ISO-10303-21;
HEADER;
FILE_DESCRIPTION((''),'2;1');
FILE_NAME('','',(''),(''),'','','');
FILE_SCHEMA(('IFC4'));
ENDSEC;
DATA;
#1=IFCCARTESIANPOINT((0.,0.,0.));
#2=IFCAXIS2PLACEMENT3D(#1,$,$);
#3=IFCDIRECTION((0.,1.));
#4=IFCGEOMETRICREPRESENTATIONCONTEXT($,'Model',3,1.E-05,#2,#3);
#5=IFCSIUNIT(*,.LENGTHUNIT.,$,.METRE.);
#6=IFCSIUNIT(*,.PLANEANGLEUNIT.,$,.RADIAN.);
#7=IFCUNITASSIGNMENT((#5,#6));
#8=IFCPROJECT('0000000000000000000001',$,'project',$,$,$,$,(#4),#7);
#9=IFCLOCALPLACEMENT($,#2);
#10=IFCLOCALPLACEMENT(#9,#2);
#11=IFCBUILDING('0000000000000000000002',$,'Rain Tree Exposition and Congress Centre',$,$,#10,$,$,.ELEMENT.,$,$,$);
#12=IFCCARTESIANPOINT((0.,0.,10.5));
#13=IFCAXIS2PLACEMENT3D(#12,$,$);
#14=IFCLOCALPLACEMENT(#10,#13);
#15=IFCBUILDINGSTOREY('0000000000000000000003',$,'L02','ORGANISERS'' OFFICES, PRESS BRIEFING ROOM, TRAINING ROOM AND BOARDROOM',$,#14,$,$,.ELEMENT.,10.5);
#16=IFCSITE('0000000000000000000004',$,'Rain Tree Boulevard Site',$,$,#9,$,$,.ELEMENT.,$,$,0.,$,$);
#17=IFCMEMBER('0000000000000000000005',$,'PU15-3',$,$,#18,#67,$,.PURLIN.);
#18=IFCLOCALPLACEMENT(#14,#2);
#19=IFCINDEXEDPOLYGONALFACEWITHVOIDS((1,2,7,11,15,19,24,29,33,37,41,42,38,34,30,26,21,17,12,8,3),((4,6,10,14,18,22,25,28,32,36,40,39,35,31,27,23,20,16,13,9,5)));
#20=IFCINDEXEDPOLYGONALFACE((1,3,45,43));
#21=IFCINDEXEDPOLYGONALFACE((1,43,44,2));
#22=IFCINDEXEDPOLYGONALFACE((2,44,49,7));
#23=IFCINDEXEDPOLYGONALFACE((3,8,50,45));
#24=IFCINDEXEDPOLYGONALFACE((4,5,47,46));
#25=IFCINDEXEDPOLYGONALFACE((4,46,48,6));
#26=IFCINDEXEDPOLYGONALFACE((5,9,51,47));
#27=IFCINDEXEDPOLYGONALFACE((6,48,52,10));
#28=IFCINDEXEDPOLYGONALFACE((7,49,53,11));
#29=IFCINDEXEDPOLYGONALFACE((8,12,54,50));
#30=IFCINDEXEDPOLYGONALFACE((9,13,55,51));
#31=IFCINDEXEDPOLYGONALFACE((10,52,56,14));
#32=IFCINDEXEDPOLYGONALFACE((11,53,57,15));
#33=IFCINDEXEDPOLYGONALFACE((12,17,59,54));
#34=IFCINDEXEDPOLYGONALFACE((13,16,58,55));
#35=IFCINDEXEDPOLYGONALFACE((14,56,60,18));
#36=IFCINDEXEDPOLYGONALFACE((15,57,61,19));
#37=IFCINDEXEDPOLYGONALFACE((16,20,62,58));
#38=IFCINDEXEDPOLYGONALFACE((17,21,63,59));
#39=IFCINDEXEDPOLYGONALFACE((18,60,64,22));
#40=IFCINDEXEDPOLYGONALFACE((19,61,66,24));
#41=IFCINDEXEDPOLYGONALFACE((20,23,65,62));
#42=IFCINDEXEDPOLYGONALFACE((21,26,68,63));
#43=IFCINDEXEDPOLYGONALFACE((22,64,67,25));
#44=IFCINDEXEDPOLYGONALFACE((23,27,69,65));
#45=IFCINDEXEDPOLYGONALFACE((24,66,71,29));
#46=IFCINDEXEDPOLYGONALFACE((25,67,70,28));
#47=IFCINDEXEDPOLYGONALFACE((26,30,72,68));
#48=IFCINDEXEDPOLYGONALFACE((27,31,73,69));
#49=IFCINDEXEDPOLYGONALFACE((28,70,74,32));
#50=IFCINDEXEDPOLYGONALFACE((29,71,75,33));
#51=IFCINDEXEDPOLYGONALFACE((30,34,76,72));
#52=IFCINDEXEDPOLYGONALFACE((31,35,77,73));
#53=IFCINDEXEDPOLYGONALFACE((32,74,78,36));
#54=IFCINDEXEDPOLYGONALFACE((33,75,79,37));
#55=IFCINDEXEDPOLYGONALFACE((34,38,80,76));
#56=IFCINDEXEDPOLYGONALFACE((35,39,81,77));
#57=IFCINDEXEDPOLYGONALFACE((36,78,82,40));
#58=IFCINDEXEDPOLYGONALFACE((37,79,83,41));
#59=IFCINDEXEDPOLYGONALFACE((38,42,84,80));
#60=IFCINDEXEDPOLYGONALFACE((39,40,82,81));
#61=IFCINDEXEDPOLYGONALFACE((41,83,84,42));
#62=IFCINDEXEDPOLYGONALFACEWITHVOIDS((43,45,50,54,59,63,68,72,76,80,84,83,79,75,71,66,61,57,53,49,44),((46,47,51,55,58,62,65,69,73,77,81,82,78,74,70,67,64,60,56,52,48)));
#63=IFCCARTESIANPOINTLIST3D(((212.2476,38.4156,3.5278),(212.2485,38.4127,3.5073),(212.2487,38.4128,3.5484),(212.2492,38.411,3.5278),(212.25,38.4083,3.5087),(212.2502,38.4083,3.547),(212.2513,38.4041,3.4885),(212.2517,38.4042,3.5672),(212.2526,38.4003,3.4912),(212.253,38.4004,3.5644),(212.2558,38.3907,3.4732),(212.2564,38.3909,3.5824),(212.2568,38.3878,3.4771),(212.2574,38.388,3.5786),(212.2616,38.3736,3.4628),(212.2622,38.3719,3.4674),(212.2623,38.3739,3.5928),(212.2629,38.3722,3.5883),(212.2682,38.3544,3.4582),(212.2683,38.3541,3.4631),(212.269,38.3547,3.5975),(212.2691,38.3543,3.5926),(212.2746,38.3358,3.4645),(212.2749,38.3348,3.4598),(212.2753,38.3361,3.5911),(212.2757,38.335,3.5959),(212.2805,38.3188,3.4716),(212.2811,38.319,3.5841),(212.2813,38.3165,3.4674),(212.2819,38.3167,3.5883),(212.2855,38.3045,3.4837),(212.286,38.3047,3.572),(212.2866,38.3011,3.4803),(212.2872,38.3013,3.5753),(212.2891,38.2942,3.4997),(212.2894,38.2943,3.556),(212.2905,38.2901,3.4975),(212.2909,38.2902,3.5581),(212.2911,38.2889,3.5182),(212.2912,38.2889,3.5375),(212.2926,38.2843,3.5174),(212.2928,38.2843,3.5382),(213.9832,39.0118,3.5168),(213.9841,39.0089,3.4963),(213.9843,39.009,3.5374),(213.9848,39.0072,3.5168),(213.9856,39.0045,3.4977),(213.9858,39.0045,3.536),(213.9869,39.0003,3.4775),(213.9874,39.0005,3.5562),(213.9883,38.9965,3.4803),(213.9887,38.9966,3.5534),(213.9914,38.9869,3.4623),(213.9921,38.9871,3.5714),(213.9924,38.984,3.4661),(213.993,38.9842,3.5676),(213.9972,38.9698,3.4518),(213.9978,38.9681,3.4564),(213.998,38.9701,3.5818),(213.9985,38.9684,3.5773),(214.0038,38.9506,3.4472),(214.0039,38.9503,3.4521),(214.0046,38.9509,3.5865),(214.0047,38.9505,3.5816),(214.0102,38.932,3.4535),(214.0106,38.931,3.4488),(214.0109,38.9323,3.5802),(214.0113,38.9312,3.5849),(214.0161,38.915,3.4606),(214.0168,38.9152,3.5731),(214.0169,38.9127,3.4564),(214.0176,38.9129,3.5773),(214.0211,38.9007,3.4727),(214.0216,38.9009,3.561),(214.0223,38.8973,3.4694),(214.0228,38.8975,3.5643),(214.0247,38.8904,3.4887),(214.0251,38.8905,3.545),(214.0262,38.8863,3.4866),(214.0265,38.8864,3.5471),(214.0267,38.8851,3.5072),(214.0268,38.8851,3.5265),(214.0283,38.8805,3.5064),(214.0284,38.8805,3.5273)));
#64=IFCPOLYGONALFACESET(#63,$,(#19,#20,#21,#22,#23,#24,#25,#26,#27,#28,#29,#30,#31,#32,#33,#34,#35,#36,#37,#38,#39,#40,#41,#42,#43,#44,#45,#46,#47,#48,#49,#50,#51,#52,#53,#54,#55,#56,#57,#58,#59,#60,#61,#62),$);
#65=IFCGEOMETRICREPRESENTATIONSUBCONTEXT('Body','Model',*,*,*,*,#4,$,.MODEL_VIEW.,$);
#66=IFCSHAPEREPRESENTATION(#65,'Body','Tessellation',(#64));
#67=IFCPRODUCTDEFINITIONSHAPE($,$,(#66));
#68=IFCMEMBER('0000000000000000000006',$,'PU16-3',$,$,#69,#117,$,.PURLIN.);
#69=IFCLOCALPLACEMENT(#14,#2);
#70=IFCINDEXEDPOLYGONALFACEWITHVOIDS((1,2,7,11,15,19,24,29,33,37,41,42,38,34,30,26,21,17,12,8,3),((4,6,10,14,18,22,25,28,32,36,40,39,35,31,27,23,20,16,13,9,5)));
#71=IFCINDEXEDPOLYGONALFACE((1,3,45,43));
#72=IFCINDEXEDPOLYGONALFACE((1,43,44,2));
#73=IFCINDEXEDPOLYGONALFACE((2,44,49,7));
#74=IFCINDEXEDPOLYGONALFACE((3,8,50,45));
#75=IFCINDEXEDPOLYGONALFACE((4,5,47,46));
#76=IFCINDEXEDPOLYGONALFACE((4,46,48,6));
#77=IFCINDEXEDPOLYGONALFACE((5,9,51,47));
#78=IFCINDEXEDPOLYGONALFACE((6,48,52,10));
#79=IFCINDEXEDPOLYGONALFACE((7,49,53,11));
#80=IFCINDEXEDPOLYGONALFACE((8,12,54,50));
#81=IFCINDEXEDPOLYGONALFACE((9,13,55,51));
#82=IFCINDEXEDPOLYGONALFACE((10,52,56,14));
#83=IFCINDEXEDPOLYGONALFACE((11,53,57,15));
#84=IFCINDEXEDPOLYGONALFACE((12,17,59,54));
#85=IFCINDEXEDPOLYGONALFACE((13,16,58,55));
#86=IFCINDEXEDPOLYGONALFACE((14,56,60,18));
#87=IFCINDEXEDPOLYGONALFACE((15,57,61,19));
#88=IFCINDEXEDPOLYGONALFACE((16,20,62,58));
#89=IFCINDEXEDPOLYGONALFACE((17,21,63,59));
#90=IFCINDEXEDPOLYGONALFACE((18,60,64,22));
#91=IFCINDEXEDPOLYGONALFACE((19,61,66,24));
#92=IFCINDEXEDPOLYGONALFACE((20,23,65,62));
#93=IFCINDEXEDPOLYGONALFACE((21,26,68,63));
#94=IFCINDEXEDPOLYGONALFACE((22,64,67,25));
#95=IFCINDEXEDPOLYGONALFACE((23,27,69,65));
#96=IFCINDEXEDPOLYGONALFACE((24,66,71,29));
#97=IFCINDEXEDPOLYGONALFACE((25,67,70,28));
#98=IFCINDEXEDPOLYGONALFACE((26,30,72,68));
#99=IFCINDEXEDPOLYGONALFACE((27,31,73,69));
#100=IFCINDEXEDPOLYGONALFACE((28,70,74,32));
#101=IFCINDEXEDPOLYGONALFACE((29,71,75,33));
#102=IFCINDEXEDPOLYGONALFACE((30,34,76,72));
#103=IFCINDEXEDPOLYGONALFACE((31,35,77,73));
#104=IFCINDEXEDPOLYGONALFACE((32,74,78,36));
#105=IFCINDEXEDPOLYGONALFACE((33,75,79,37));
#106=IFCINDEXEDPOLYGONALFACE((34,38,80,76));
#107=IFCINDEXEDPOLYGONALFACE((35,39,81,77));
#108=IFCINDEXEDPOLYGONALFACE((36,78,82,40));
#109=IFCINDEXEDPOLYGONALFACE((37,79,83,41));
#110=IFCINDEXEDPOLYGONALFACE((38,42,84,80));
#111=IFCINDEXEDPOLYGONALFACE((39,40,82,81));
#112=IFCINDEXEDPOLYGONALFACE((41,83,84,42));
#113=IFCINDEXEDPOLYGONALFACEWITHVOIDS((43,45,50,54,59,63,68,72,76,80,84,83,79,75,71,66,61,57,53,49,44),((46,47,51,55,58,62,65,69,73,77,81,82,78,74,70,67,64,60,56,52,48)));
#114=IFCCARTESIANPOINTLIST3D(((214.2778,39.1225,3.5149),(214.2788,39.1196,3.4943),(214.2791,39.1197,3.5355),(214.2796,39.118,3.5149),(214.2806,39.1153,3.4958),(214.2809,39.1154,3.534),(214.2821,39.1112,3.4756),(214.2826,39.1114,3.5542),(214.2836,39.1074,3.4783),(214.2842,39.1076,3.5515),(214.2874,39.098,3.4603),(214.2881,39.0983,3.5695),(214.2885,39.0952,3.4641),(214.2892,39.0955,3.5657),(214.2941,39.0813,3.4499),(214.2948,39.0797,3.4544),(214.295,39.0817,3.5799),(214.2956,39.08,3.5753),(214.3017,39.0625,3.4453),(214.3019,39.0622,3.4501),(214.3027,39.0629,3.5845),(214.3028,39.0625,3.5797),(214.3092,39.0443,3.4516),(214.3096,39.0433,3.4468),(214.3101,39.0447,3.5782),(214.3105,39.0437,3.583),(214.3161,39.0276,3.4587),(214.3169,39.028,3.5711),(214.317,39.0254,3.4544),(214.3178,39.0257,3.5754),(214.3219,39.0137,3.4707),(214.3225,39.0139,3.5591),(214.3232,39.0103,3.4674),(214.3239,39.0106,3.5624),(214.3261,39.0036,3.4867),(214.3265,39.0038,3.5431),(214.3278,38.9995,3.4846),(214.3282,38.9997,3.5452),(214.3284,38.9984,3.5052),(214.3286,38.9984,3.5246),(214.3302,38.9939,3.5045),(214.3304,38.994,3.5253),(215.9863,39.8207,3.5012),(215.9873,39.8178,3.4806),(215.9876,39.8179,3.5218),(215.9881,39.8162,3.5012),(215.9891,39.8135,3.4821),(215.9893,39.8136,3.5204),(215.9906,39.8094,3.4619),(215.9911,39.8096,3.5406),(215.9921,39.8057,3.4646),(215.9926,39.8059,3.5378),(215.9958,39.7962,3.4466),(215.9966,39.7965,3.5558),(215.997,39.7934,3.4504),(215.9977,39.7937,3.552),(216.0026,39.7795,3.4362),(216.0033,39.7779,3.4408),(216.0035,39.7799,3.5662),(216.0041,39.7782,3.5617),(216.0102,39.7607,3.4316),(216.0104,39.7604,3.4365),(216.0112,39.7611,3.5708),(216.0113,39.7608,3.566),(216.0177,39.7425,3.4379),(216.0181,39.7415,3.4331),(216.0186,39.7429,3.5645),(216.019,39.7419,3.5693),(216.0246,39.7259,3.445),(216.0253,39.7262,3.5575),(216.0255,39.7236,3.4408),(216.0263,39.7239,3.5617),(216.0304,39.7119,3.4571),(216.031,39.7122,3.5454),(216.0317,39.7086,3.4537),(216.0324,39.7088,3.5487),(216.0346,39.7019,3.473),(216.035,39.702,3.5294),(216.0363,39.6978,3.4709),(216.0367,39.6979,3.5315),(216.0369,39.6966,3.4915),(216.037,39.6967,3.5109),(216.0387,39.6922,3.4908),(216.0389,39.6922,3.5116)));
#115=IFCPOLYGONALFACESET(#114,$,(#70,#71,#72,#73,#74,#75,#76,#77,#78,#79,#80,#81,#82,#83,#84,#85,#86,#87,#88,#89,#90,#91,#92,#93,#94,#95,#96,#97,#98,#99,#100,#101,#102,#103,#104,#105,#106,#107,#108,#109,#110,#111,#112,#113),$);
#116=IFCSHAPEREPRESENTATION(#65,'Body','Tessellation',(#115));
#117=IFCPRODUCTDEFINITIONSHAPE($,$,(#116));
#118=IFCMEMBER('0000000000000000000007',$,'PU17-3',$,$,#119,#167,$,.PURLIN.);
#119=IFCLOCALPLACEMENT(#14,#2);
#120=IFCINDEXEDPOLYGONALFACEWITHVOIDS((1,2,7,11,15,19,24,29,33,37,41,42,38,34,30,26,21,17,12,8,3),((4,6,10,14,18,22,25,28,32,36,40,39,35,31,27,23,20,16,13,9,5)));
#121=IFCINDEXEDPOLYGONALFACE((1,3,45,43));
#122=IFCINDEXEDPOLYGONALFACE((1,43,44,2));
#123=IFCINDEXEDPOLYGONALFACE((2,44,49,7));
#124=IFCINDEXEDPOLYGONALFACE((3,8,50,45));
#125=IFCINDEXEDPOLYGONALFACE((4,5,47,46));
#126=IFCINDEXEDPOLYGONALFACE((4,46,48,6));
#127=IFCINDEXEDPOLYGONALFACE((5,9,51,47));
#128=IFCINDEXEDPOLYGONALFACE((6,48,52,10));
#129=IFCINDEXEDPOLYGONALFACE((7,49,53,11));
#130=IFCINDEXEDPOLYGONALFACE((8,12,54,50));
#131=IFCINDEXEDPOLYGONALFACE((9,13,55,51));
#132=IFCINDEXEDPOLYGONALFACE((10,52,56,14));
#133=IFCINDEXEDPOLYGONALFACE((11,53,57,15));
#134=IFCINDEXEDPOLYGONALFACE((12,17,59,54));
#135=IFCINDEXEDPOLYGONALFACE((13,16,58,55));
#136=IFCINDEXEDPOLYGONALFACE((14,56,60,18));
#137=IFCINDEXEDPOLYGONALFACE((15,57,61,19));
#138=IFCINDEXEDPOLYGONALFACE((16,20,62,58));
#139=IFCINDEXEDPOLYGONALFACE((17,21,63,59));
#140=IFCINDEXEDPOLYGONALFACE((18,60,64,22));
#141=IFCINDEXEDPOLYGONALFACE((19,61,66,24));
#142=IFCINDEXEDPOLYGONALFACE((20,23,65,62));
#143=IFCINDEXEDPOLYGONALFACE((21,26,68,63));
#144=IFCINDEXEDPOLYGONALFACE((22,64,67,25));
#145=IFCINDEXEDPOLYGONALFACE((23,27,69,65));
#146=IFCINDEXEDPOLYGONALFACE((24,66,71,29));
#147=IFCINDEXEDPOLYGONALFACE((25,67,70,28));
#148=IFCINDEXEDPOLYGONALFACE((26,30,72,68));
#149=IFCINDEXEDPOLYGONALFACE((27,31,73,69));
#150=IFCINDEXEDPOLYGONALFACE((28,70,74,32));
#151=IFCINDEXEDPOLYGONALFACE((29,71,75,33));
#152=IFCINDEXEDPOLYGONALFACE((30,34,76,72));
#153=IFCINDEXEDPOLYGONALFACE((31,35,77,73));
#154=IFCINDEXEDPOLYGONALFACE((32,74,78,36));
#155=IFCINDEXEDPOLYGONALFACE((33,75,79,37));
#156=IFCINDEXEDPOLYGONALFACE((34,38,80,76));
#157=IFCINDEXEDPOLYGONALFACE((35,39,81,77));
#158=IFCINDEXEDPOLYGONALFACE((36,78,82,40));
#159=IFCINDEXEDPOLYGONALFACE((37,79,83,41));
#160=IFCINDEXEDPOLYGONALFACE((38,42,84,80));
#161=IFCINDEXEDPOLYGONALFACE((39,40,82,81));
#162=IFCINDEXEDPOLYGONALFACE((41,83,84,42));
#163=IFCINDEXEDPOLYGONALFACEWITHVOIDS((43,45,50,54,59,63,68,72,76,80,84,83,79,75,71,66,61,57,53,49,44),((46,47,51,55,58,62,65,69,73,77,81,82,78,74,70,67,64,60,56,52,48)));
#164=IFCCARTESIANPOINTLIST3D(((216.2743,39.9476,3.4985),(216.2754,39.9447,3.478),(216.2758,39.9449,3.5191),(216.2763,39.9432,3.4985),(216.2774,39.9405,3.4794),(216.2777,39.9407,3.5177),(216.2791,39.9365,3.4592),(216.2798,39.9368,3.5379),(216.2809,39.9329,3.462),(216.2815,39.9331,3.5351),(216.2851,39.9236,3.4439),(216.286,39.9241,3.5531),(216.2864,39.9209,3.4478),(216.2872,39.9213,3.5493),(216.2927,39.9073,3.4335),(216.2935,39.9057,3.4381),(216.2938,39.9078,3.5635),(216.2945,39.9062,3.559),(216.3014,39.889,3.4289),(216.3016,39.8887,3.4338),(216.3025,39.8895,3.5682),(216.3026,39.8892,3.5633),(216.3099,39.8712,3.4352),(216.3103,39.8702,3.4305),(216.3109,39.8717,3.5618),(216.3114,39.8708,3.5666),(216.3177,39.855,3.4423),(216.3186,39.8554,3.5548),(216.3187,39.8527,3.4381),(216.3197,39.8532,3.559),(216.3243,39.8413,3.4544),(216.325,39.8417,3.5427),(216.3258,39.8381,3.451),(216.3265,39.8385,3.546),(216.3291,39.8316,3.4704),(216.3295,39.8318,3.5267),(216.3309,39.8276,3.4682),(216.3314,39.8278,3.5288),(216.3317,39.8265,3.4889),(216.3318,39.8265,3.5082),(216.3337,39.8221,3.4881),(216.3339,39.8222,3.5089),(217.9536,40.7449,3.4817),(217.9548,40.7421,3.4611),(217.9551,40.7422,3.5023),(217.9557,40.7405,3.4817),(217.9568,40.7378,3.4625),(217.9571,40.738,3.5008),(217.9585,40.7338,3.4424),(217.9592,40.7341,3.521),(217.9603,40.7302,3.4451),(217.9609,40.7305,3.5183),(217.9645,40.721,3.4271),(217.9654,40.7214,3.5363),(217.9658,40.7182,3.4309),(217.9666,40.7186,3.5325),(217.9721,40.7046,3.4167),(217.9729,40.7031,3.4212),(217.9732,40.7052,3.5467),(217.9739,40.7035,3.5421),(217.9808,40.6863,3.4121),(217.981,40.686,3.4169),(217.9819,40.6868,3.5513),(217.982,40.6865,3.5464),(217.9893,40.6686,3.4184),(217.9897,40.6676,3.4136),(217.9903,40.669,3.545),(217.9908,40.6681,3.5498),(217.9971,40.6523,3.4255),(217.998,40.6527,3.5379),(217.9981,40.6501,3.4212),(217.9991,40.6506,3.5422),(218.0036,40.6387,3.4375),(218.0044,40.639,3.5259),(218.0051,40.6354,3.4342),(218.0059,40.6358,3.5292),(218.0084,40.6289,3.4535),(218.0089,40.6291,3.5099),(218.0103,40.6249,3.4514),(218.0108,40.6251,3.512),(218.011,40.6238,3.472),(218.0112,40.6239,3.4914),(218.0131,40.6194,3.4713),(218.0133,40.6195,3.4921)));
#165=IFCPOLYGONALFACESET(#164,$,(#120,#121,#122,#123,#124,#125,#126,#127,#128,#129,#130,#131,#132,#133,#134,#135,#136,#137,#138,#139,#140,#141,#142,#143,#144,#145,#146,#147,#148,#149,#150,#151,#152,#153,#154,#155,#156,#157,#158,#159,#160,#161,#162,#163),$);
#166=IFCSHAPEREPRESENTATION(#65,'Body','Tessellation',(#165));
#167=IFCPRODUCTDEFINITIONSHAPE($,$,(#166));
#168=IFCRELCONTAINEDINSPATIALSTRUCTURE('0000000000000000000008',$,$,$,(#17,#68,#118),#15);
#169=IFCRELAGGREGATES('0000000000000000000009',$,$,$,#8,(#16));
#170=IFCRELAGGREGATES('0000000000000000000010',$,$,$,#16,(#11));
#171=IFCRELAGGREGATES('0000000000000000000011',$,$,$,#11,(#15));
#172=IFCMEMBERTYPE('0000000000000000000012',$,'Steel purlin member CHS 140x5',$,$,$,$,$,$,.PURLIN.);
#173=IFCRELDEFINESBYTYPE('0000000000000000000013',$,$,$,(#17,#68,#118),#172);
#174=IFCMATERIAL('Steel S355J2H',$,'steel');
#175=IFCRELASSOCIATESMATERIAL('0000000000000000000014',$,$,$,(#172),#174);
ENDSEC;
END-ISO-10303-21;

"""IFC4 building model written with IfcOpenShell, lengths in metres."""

from ifc_helpers import new_model, si_unit, direction, frame, origin, origin_2d, place, context, subcontext, project, spatial, hollow_circle, extrude, material, material_profile, profile_set, type_object, element, save


model = new_model("IFC4")

# Units and contexts
model_context = context("Model", 3, precision=1e-05, world=origin(), true_north=direction((0.0, 1.0)))
body_context = subcontext(model_context, "Body", "Model", "MODEL_VIEW")
ifc_project = project(units=[si_unit("LENGTHUNIT", "METRE"), si_unit("PLANEANGLEUNIT", "RADIAN")], contexts=[model_context])

# Site, building, storey
site_placement = place(None, origin())
site = spatial("IfcSite", under=ifc_project, at=site_placement, Name="Rain Tree Boulevard Site", CompositionType="ELEMENT", RefElevation=0.0)
building_placement = place(site_placement, origin())
building = spatial("IfcBuilding", under=site, at=building_placement, Name="Rain Tree Exposition and Congress Centre", CompositionType="ELEMENT")
storey_placement = place(building_placement, frame((0.0, 0.0, 10.5)))
storey = spatial("IfcBuildingStorey", under=building, at=storey_placement, Name="L02", Description="ORGANISERS' OFFICES, PRESS BRIEFING ROOM, TRAINING ROOM AND BOARDROOM", CompositionType="ELEMENT", Elevation=10.5)

# Members
ifc_material_1 = material(Name="Steel S355J2H", Category="steel")
ifc_material_profile_1 = material_profile(ifc_material_1, hollow_circle(Radius=0.0698, WallThickness=0.0049, at=origin_2d()), Name="CHS 140x5")
ifc_profile_set_1 = profile_set([ifc_material_profile_1], Name="Steel S355J2H")
member_type_1 = type_object("IfcMemberType", Name="Steel purlin member CHS 140x5", PredefinedType="PURLIN", material=ifc_profile_set_1)
member_1_placement = place(storey_placement, frame((212.2703, 38.3496, 3.5278), z_axis=(0.94574, 0.324869, -0.005987), x_axis=(-0.324875, 0.945757, 0.0)))
element("IfcMember", 1, at=member_1_placement, inside=storey, type_object=member_type_1, Name="PU15-3", PredefinedType="PURLIN", context=body_context, shape_type="SweptSolid", body=[
    extrude(hollow_circle(Radius=0.0698, WallThickness=0.0049, at=origin_2d()), origin(), (0.0, 0.0, 1.0), 1.8352),
])
member_2_placement = place(storey_placement, frame((214.3042, 39.0579, 3.5149), z_axis=(0.925652, 0.378303, -0.007407), x_axis=(-0.378313, 0.925678, 0.0)))
element("IfcMember", 2, at=member_2_placement, inside=storey, type_object=member_type_1, Name="PU16-3", PredefinedType="PURLIN", context=body_context, shape_type="SweptSolid", body=[
    extrude(hollow_circle(Radius=0.0698, WallThickness=0.0049, at=origin_2d()), origin(), (0.0, 0.0, 1.0), 1.8457),
])
member_3_placement = place(storey_placement, frame((216.3042, 39.8845, 3.4985), z_axis=(0.903318, 0.428876, -0.009061), x_axis=(-0.428893, 0.903355, 0.0)))
element("IfcMember", 3, at=member_3_placement, inside=storey, type_object=member_type_1, Name="PU17-3", PredefinedType="PURLIN", context=body_context, shape_type="SweptSolid", body=[
    extrude(hollow_circle(Radius=0.0698, WallThickness=0.0049, at=origin_2d()), origin(), (0.0, 0.0, 1.0), 1.8591),
])

save(model, "model.ifc")
